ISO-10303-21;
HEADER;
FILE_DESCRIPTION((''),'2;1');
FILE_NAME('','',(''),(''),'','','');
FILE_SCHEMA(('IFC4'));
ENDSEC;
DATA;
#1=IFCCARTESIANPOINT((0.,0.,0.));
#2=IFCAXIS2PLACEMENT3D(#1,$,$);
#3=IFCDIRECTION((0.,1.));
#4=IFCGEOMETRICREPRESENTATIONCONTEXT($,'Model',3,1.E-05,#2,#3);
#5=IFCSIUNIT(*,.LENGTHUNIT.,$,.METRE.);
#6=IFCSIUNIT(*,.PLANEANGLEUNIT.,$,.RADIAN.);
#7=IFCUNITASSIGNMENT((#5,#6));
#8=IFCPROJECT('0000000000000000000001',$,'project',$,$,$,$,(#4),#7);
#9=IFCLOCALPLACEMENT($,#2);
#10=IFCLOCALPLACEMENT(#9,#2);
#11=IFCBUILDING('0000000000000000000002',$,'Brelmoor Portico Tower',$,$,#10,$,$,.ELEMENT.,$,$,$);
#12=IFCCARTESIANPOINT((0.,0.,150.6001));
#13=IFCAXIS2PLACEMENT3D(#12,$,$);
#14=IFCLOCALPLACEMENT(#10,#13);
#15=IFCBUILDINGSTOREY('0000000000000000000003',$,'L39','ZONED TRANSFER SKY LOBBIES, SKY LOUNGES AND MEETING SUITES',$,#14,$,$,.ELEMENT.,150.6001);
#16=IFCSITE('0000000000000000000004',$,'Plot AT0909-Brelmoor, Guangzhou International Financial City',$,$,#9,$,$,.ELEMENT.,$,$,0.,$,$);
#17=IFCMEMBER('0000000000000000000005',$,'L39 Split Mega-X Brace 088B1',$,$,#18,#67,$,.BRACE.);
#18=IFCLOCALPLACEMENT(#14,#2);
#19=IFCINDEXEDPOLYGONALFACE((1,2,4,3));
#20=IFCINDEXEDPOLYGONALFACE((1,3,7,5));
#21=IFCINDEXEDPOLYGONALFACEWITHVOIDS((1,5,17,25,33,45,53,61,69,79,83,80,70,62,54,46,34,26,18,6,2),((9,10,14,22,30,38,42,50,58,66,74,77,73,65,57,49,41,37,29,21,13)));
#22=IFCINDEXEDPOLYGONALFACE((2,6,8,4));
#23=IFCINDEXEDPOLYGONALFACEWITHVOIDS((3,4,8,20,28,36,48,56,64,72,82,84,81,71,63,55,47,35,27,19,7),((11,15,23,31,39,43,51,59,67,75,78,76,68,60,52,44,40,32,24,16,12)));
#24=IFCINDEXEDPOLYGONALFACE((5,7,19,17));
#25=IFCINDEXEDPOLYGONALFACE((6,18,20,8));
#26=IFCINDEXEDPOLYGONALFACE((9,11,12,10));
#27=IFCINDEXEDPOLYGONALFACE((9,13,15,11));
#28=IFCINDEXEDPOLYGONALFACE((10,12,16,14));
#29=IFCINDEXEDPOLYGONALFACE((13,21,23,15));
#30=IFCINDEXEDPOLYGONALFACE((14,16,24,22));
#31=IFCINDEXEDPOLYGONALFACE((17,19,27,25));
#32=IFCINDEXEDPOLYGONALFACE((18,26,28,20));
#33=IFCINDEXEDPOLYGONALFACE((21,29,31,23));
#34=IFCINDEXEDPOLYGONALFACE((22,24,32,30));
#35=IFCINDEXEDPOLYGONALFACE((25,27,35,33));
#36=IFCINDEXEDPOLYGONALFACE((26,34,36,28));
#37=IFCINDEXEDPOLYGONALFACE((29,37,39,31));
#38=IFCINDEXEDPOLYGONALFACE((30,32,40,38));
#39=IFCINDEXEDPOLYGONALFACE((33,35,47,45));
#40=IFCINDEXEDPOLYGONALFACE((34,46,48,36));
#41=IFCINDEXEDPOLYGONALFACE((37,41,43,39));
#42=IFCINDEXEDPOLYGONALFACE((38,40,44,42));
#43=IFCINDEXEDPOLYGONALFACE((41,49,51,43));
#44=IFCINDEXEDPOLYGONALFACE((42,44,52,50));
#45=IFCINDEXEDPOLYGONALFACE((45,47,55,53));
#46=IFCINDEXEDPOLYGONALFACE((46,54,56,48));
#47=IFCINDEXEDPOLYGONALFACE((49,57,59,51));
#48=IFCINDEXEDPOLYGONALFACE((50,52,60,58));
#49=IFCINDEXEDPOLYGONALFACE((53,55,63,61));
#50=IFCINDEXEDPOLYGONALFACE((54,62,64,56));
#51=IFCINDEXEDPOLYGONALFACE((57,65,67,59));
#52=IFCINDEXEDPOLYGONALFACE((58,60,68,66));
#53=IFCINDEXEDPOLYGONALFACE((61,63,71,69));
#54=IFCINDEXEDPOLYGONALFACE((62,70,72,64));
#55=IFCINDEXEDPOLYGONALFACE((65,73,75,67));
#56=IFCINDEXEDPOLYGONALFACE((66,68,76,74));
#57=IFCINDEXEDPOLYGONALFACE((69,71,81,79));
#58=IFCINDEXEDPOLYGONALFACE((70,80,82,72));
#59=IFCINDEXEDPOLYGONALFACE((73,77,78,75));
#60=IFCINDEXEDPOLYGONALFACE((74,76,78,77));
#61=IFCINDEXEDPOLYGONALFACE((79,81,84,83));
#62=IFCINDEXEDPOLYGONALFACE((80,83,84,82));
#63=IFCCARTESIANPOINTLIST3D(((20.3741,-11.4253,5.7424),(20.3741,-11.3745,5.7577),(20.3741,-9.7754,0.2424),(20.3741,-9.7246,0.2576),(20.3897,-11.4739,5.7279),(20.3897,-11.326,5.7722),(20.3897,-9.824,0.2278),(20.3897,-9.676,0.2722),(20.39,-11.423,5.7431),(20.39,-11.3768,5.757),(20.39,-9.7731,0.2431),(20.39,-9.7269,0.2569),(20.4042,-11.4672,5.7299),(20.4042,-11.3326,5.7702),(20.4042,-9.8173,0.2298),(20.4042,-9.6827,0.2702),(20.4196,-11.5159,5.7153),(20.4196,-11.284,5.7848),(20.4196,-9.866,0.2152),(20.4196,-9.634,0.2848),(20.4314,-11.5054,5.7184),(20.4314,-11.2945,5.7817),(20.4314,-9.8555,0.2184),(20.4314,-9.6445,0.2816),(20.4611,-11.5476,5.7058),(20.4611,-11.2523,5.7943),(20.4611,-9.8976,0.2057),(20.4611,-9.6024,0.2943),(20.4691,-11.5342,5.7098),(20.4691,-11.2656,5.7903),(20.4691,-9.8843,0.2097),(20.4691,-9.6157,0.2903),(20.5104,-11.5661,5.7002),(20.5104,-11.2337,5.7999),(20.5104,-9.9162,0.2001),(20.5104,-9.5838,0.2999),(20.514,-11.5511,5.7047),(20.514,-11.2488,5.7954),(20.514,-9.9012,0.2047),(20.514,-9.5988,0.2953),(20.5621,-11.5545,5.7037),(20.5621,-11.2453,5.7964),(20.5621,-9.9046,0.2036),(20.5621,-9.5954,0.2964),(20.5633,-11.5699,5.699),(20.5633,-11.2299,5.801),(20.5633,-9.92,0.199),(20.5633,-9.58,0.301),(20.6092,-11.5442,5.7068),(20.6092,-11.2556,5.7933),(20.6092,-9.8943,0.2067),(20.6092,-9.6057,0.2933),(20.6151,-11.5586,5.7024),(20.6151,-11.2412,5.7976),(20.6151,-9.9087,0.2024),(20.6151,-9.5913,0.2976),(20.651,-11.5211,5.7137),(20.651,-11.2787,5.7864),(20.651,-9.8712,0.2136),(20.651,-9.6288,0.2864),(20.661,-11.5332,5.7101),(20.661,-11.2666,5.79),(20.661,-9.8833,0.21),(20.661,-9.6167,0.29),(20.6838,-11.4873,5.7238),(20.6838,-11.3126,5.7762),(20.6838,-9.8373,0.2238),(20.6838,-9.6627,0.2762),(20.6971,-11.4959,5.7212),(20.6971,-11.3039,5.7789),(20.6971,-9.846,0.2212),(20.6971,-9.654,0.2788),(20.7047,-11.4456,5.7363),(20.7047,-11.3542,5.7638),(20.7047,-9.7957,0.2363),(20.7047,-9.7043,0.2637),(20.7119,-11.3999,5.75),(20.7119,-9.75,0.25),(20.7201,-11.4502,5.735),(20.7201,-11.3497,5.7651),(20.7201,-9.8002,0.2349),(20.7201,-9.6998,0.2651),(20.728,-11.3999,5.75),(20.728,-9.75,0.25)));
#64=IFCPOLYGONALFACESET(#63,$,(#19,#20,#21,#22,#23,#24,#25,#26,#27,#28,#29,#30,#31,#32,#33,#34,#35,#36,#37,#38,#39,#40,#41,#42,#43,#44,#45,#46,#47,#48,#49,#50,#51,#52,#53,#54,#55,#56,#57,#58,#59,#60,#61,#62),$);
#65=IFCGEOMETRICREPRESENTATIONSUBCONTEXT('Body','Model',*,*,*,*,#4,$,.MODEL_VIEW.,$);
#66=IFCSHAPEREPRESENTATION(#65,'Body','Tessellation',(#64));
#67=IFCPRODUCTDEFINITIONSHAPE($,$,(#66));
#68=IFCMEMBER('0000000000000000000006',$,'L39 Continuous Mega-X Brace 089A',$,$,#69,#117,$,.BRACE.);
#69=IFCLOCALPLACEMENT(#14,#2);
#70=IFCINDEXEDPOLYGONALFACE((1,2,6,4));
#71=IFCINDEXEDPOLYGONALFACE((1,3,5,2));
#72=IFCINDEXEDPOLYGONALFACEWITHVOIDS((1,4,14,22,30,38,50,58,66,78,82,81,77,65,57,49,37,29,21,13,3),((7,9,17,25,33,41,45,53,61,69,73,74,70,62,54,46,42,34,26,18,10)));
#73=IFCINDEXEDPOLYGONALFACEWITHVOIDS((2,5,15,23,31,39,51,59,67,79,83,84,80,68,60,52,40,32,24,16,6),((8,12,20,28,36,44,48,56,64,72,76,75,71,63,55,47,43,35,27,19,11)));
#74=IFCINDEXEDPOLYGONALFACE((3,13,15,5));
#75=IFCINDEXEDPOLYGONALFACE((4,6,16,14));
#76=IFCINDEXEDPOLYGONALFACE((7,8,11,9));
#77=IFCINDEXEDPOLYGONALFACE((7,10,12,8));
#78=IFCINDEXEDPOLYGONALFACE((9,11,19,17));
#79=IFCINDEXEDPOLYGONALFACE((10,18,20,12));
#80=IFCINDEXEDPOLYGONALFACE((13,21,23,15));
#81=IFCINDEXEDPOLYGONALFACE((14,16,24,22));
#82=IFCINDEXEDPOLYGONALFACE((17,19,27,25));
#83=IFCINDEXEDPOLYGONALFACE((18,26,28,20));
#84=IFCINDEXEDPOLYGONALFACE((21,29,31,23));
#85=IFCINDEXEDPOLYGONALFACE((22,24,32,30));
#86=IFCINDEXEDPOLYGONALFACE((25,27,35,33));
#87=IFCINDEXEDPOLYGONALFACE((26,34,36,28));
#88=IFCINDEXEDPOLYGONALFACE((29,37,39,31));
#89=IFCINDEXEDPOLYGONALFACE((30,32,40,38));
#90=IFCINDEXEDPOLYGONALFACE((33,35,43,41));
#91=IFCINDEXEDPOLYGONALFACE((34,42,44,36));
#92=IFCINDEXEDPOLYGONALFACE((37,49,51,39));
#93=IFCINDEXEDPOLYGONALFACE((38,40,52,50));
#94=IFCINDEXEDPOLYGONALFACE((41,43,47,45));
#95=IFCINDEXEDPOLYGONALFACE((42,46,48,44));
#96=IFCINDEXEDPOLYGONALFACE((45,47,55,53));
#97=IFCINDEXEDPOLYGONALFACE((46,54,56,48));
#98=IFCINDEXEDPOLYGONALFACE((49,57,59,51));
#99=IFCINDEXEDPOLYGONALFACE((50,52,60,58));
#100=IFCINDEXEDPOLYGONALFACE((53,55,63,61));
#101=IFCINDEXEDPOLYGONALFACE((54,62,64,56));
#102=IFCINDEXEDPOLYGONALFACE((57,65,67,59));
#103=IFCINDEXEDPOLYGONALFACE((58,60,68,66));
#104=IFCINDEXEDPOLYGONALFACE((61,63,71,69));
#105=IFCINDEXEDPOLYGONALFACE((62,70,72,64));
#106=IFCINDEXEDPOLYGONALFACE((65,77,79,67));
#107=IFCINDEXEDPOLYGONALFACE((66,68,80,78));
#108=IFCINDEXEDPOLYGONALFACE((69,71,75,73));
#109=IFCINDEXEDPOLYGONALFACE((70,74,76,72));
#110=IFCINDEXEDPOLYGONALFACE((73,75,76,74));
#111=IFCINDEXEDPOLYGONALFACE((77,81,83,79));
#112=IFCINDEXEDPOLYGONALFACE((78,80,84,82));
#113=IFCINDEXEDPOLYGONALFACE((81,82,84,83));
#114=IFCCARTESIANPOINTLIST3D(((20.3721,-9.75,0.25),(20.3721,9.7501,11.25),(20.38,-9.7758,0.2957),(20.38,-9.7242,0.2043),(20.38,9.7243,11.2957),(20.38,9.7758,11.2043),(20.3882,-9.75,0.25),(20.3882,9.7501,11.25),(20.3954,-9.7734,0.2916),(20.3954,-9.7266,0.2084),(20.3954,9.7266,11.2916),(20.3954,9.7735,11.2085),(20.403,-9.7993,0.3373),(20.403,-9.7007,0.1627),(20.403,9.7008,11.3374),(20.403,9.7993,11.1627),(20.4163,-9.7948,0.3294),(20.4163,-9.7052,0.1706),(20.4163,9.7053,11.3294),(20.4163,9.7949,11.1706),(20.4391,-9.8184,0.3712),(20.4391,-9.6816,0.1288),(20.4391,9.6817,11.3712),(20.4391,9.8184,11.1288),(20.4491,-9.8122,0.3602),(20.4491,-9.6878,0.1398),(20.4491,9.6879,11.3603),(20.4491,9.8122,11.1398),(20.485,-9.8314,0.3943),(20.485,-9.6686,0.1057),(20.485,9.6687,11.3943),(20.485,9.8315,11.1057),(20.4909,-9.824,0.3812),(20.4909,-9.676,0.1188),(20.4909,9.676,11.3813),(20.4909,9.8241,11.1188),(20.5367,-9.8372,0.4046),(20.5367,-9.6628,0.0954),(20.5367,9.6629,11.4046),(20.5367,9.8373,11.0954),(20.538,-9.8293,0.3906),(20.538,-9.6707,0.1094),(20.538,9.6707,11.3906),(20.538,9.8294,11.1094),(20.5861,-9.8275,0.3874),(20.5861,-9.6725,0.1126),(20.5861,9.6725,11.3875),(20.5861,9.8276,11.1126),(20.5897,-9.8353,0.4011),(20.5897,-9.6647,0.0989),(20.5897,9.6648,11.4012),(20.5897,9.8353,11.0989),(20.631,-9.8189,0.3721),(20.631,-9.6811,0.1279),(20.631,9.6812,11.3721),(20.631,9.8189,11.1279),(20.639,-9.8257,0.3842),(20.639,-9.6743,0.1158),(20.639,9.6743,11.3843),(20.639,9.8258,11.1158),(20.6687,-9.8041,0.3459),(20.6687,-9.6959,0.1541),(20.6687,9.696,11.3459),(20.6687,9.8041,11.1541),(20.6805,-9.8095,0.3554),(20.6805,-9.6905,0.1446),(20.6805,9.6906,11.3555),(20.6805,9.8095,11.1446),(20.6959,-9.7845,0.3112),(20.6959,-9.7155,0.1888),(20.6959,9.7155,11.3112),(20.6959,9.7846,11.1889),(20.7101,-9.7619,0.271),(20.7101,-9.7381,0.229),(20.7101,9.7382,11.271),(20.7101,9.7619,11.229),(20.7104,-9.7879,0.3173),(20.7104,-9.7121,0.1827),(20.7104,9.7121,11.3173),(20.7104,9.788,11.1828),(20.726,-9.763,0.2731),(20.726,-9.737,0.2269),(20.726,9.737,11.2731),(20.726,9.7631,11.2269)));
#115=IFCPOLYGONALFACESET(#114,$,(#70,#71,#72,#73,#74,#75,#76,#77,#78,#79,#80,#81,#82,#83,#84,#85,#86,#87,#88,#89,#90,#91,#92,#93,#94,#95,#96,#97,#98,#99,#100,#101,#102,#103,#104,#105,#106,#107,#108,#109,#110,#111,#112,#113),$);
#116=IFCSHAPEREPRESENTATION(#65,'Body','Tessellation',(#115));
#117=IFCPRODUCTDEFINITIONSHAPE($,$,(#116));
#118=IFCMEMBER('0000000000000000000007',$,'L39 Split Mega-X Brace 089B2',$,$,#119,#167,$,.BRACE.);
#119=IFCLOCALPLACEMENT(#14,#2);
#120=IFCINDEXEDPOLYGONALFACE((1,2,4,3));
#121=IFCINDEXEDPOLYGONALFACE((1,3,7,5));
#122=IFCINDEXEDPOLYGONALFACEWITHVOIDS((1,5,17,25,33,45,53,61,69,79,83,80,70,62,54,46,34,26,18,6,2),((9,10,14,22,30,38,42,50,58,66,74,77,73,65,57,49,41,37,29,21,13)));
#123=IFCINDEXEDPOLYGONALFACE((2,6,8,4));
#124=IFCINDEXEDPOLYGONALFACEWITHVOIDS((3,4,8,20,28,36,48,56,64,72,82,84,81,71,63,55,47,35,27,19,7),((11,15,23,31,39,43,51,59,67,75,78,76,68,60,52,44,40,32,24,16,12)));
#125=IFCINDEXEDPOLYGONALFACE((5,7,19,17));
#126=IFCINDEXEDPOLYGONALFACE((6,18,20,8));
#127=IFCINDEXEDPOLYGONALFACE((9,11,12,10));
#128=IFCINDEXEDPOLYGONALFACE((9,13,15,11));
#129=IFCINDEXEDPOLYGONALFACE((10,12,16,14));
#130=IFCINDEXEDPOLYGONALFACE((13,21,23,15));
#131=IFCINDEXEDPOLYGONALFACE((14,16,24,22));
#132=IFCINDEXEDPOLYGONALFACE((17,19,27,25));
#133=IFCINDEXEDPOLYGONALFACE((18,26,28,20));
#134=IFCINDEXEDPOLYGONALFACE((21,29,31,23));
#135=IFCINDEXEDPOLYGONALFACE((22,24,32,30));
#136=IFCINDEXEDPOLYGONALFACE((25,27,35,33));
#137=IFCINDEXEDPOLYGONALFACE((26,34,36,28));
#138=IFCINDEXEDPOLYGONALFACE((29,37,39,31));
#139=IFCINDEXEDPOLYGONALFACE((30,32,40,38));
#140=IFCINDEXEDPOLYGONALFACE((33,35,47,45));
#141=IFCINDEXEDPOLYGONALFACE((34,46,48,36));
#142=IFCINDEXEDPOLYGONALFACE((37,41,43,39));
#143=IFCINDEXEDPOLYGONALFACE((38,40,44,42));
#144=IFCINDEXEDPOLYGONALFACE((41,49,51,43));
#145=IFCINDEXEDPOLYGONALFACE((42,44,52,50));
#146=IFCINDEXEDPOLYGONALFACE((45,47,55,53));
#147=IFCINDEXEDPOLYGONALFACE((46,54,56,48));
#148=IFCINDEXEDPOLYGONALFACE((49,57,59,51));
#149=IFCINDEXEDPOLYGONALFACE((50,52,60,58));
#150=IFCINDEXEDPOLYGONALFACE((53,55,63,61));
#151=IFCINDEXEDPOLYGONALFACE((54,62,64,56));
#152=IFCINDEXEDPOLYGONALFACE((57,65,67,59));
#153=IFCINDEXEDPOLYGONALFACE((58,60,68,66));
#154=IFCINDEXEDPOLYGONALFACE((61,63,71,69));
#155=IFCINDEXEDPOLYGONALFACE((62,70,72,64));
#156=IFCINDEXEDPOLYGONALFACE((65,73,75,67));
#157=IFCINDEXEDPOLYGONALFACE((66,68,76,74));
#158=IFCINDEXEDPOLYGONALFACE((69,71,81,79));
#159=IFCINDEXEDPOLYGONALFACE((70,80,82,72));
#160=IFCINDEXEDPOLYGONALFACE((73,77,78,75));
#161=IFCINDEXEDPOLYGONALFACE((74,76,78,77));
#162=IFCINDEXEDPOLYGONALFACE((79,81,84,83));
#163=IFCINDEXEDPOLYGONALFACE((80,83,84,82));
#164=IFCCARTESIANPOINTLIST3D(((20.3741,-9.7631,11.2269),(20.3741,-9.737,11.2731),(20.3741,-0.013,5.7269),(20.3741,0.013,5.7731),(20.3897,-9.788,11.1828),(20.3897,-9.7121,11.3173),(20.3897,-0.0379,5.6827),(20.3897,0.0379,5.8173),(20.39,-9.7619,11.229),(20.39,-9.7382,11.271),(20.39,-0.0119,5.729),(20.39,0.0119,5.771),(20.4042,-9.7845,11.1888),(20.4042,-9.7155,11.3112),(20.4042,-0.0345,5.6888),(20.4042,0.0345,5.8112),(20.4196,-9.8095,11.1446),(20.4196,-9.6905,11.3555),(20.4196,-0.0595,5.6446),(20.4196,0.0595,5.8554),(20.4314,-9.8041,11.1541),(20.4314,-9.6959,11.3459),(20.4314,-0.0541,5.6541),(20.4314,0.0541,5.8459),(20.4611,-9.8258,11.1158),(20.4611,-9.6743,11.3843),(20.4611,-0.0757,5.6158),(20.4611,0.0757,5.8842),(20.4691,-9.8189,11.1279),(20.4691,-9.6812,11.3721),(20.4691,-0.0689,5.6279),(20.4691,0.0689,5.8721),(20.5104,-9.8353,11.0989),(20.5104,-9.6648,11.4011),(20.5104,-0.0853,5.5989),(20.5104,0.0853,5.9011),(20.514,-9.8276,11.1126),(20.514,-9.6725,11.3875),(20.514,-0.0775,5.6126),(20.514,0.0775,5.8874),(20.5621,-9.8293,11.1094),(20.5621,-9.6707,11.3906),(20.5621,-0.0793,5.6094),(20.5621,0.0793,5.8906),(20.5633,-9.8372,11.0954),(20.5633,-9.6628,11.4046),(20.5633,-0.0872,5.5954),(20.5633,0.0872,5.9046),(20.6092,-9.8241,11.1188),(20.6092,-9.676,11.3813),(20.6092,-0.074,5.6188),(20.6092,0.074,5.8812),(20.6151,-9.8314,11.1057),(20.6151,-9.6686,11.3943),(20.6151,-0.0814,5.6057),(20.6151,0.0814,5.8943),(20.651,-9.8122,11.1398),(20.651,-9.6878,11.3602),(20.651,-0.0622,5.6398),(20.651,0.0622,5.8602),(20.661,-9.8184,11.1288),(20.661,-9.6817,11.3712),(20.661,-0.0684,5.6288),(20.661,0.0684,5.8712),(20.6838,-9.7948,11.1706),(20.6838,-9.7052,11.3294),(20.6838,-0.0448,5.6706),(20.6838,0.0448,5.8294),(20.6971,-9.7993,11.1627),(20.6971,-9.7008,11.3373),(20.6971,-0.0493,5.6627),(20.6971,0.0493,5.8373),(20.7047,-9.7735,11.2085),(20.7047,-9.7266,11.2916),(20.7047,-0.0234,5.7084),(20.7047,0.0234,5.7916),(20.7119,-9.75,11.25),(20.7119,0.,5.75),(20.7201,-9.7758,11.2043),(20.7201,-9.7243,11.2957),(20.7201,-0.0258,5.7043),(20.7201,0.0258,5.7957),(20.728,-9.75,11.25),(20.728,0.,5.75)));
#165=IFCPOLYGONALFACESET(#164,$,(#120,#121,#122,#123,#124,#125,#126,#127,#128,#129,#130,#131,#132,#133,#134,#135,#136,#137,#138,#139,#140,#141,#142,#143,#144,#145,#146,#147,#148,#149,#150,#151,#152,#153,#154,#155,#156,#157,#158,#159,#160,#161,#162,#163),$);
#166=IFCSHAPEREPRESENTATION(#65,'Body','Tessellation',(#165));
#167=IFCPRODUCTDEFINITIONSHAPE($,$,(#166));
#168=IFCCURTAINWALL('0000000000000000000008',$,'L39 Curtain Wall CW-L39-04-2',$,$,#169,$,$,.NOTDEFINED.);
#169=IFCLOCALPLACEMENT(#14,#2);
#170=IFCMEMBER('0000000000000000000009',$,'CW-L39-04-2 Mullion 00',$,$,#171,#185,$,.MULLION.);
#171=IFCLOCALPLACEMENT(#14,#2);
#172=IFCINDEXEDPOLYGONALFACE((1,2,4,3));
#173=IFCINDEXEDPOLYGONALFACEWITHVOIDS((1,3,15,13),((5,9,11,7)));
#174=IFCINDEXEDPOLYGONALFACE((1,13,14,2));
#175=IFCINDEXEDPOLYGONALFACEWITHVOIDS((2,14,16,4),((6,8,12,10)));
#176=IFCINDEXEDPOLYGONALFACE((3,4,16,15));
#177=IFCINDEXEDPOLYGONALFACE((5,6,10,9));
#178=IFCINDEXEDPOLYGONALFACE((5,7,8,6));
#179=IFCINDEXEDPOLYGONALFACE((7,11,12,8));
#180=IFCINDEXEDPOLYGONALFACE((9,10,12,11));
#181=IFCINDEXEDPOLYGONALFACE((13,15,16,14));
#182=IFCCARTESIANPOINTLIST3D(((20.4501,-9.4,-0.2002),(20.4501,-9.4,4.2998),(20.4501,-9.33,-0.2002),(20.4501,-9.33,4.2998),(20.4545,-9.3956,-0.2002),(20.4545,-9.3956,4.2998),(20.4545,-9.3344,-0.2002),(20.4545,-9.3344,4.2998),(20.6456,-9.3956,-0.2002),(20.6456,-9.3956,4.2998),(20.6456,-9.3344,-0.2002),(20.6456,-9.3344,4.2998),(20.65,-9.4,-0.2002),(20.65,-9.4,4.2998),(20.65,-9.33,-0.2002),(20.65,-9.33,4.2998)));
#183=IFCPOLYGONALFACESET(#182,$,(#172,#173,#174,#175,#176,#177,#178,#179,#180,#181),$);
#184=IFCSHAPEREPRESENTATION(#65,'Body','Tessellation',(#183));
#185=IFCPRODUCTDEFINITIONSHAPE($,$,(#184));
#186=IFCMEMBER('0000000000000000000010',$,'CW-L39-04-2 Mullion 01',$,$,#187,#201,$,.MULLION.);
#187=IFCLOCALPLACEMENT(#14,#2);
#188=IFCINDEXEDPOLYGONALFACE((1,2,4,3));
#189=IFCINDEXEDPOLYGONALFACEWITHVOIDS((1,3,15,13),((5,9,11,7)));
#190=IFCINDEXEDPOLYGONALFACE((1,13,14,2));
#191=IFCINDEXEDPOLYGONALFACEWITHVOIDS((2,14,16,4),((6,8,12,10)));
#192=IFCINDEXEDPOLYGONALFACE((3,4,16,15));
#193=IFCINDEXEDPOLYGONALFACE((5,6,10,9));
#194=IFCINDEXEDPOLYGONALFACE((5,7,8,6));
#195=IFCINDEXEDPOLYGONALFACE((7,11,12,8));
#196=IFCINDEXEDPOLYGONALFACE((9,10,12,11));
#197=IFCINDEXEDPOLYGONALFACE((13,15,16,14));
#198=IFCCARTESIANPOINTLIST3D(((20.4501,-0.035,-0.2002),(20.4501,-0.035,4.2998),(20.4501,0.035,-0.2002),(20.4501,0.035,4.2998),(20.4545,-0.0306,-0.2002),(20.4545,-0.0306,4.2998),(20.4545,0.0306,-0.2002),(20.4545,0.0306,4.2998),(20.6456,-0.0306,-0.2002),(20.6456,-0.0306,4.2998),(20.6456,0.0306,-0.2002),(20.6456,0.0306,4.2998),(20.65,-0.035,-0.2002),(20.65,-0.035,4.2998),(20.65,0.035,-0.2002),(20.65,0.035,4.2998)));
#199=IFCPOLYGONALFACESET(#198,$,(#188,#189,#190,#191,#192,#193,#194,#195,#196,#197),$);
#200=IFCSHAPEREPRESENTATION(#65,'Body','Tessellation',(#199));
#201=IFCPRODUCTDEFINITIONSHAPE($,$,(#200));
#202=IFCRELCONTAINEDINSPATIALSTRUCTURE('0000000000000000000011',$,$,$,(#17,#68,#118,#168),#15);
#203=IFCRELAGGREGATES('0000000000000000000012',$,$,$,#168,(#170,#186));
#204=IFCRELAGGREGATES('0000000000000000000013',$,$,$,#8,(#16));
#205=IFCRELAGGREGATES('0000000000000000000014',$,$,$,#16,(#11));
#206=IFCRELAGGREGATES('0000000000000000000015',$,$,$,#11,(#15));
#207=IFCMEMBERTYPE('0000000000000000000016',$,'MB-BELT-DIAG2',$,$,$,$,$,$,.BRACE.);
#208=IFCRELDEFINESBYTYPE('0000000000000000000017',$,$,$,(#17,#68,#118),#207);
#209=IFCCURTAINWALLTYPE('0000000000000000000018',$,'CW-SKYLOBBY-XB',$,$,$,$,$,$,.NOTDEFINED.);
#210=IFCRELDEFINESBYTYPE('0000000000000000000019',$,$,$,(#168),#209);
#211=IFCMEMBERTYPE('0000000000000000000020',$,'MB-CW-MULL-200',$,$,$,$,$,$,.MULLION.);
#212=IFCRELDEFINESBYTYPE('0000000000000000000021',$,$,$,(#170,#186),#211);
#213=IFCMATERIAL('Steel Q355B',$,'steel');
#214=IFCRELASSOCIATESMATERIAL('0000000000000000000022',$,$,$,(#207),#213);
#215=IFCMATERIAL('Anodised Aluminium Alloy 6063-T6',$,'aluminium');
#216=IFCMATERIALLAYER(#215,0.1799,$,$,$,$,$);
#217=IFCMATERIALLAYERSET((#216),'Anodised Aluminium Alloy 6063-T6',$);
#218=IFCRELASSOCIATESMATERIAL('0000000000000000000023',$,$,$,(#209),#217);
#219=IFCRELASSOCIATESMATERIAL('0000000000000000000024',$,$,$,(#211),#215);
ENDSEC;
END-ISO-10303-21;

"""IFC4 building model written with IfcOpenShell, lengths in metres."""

from ifc_helpers import new_model, si_unit, direction, frame, origin, origin_2d, place, context, subcontext, project, spatial, hollow_rectangle, hollow_circle, extrude, material, layer, layer_set, material_profile, profile_set, type_object, element, aggregate, save


model = new_model("IFC4")

# Units and contexts
model_context = context("Model", 3, precision=1e-05, world=origin(), true_north=direction((0.0, 1.0)))
body_context = subcontext(model_context, "Body", "Model", "MODEL_VIEW")
ifc_project = project(units=[si_unit("LENGTHUNIT", "METRE"), si_unit("PLANEANGLEUNIT", "RADIAN")], contexts=[model_context])

# Site, building, storey
site_placement = place(None, origin())
site = spatial("IfcSite", under=ifc_project, at=site_placement, Name="Plot AT0909-Brelmoor, Guangzhou International Financial City", CompositionType="ELEMENT", RefElevation=0.0)
building_placement = place(site_placement, origin())
building = spatial("IfcBuilding", under=site, at=building_placement, Name="Brelmoor Portico Tower", CompositionType="ELEMENT")
storey_placement = place(building_placement, frame((0.0, 0.0, 150.6001)))
storey = spatial("IfcBuildingStorey", under=building, at=storey_placement, Name="L39", Description="ZONED TRANSFER SKY LOBBIES, SKY LOUNGES AND MEETING SUITES", CompositionType="ELEMENT", Elevation=150.6001)

# Shared definitions
ifc_material_1 = material(Name="Steel Q355B", Category="steel")

# Members
ifc_material_profile_1 = material_profile(ifc_material_1, hollow_circle(Radius=0.178, WallThickness=0.0161, at=origin_2d()), Name="CHS 356x16")
ifc_profile_set_1 = profile_set([ifc_material_profile_1], Name="Steel Q355B")
member_type_1 = type_object("IfcMemberType", Name="MB-BELT-DIAG2", PredefinedType="BRACE", material=ifc_profile_set_1)
member_1_placement = place(storey_placement, frame((20.55, -9.75, 0.25), z_axis=(0.0, -0.287332, 0.957831), x_axis=(1.0, 0.0, 0.0)))
element("IfcMember", 1, at=member_1_placement, inside=storey, type_object=member_type_1, Name="L39 Split Mega-X Brace 088B1", PredefinedType="BRACE", context=body_context, shape_type="SweptSolid", body=[
    extrude(hollow_circle(Radius=0.178, WallThickness=0.0161, at=origin_2d()), origin(), (0.0, 0.0, 1.0), 5.7422),
])
member_2_placement = place(storey_placement, frame((20.55, -9.75, 0.25), z_axis=(0.0, 0.870978, 0.491321), x_axis=(-1.0, 0.0, 0.0)))
element("IfcMember", 2, at=member_2_placement, inside=storey, type_object=member_type_1, Name="L39 Continuous Mega-X Brace 089A", PredefinedType="BRACE", context=body_context, shape_type="SweptSolid", body=[
    extrude(hollow_circle(Radius=0.178, WallThickness=0.0161, at=origin_2d()), origin(), (0.0, 0.0, 1.0), 22.3887),
])
member_3_placement = place(storey_placement, frame((20.55, 0.0, 5.75), z_axis=(0.0, -0.870978, 0.491321), x_axis=(1.0, 0.0, 0.0)))
element("IfcMember", 3, at=member_3_placement, inside=storey, type_object=member_type_1, Name="L39 Split Mega-X Brace 089B2", PredefinedType="BRACE", context=body_context, shape_type="SweptSolid", body=[
    extrude(hollow_circle(Radius=0.178, WallThickness=0.0161, at=origin_2d()), origin(), (0.0, 0.0, 1.0), 11.1943),
])

# Curtain wall, members
ifc_material_2 = material(Name="Anodised Aluminium Alloy 6063-T6", Category="aluminium")
ifc_layer_1 = layer(ifc_material_2, 0.1799)
ifc_layer_set_1 = layer_set([ifc_layer_1], Name="Anodised Aluminium Alloy 6063-T6")
curtain_wall_type = type_object("IfcCurtainWallType", Name="CW-SKYLOBBY-XB", PredefinedType="NOTDEFINED", material=ifc_layer_set_1)
curtain_wall_placement = place(storey_placement, origin())
curtain_wall = element("IfcCurtainWall", 4, at=curtain_wall_placement, inside=storey, type_object=curtain_wall_type, Name="L39 Curtain Wall CW-L39-04-2", PredefinedType="NOTDEFINED")
ifc_material_profile_2 = material_profile(ifc_material_2, hollow_rectangle(XDim=0.0701, YDim=0.2, WallThickness=0.0044, at=origin_2d()), Name="ALU MULLION 70x200")
ifc_profile_set_2 = profile_set([ifc_material_profile_2], Name="Anodised Aluminium Alloy 6063-T6")
member_type_2 = type_object("IfcMemberType", Name="MB-CW-MULL-200", PredefinedType="MULLION", material=ifc_profile_set_2)
member_4_placement = place(storey_placement, frame((20.55, -9.365, -0.2002), z_axis=(0.0, 0.0, 1.0), x_axis=(0.0, 1.0, 0.0)))
member_4 = element("IfcMember", 5, at=member_4_placement, type_object=member_type_2, Name="CW-L39-04-2 Mullion 00", PredefinedType="MULLION", context=body_context, shape_type="SweptSolid", body=[
    extrude(hollow_rectangle(XDim=0.0701, YDim=0.2, WallThickness=0.0044, at=origin_2d()), origin(), (0.0, 0.0, 1.0), 4.5),
])
member_5_placement = place(storey_placement, frame((20.55, 0.0, -0.2002), z_axis=(0.0, 0.0, 1.0), x_axis=(0.0, 1.0, 0.0)))
member_5 = element("IfcMember", 6, at=member_5_placement, type_object=member_type_2, Name="CW-L39-04-2 Mullion 01", PredefinedType="MULLION", context=body_context, shape_type="SweptSolid", body=[
    extrude(hollow_rectangle(XDim=0.0701, YDim=0.2, WallThickness=0.0044, at=origin_2d()), origin(), (0.0, 0.0, 1.0), 4.5),
])

aggregate(curtain_wall, [member_4, member_5])

save(model, "model.ifc")
